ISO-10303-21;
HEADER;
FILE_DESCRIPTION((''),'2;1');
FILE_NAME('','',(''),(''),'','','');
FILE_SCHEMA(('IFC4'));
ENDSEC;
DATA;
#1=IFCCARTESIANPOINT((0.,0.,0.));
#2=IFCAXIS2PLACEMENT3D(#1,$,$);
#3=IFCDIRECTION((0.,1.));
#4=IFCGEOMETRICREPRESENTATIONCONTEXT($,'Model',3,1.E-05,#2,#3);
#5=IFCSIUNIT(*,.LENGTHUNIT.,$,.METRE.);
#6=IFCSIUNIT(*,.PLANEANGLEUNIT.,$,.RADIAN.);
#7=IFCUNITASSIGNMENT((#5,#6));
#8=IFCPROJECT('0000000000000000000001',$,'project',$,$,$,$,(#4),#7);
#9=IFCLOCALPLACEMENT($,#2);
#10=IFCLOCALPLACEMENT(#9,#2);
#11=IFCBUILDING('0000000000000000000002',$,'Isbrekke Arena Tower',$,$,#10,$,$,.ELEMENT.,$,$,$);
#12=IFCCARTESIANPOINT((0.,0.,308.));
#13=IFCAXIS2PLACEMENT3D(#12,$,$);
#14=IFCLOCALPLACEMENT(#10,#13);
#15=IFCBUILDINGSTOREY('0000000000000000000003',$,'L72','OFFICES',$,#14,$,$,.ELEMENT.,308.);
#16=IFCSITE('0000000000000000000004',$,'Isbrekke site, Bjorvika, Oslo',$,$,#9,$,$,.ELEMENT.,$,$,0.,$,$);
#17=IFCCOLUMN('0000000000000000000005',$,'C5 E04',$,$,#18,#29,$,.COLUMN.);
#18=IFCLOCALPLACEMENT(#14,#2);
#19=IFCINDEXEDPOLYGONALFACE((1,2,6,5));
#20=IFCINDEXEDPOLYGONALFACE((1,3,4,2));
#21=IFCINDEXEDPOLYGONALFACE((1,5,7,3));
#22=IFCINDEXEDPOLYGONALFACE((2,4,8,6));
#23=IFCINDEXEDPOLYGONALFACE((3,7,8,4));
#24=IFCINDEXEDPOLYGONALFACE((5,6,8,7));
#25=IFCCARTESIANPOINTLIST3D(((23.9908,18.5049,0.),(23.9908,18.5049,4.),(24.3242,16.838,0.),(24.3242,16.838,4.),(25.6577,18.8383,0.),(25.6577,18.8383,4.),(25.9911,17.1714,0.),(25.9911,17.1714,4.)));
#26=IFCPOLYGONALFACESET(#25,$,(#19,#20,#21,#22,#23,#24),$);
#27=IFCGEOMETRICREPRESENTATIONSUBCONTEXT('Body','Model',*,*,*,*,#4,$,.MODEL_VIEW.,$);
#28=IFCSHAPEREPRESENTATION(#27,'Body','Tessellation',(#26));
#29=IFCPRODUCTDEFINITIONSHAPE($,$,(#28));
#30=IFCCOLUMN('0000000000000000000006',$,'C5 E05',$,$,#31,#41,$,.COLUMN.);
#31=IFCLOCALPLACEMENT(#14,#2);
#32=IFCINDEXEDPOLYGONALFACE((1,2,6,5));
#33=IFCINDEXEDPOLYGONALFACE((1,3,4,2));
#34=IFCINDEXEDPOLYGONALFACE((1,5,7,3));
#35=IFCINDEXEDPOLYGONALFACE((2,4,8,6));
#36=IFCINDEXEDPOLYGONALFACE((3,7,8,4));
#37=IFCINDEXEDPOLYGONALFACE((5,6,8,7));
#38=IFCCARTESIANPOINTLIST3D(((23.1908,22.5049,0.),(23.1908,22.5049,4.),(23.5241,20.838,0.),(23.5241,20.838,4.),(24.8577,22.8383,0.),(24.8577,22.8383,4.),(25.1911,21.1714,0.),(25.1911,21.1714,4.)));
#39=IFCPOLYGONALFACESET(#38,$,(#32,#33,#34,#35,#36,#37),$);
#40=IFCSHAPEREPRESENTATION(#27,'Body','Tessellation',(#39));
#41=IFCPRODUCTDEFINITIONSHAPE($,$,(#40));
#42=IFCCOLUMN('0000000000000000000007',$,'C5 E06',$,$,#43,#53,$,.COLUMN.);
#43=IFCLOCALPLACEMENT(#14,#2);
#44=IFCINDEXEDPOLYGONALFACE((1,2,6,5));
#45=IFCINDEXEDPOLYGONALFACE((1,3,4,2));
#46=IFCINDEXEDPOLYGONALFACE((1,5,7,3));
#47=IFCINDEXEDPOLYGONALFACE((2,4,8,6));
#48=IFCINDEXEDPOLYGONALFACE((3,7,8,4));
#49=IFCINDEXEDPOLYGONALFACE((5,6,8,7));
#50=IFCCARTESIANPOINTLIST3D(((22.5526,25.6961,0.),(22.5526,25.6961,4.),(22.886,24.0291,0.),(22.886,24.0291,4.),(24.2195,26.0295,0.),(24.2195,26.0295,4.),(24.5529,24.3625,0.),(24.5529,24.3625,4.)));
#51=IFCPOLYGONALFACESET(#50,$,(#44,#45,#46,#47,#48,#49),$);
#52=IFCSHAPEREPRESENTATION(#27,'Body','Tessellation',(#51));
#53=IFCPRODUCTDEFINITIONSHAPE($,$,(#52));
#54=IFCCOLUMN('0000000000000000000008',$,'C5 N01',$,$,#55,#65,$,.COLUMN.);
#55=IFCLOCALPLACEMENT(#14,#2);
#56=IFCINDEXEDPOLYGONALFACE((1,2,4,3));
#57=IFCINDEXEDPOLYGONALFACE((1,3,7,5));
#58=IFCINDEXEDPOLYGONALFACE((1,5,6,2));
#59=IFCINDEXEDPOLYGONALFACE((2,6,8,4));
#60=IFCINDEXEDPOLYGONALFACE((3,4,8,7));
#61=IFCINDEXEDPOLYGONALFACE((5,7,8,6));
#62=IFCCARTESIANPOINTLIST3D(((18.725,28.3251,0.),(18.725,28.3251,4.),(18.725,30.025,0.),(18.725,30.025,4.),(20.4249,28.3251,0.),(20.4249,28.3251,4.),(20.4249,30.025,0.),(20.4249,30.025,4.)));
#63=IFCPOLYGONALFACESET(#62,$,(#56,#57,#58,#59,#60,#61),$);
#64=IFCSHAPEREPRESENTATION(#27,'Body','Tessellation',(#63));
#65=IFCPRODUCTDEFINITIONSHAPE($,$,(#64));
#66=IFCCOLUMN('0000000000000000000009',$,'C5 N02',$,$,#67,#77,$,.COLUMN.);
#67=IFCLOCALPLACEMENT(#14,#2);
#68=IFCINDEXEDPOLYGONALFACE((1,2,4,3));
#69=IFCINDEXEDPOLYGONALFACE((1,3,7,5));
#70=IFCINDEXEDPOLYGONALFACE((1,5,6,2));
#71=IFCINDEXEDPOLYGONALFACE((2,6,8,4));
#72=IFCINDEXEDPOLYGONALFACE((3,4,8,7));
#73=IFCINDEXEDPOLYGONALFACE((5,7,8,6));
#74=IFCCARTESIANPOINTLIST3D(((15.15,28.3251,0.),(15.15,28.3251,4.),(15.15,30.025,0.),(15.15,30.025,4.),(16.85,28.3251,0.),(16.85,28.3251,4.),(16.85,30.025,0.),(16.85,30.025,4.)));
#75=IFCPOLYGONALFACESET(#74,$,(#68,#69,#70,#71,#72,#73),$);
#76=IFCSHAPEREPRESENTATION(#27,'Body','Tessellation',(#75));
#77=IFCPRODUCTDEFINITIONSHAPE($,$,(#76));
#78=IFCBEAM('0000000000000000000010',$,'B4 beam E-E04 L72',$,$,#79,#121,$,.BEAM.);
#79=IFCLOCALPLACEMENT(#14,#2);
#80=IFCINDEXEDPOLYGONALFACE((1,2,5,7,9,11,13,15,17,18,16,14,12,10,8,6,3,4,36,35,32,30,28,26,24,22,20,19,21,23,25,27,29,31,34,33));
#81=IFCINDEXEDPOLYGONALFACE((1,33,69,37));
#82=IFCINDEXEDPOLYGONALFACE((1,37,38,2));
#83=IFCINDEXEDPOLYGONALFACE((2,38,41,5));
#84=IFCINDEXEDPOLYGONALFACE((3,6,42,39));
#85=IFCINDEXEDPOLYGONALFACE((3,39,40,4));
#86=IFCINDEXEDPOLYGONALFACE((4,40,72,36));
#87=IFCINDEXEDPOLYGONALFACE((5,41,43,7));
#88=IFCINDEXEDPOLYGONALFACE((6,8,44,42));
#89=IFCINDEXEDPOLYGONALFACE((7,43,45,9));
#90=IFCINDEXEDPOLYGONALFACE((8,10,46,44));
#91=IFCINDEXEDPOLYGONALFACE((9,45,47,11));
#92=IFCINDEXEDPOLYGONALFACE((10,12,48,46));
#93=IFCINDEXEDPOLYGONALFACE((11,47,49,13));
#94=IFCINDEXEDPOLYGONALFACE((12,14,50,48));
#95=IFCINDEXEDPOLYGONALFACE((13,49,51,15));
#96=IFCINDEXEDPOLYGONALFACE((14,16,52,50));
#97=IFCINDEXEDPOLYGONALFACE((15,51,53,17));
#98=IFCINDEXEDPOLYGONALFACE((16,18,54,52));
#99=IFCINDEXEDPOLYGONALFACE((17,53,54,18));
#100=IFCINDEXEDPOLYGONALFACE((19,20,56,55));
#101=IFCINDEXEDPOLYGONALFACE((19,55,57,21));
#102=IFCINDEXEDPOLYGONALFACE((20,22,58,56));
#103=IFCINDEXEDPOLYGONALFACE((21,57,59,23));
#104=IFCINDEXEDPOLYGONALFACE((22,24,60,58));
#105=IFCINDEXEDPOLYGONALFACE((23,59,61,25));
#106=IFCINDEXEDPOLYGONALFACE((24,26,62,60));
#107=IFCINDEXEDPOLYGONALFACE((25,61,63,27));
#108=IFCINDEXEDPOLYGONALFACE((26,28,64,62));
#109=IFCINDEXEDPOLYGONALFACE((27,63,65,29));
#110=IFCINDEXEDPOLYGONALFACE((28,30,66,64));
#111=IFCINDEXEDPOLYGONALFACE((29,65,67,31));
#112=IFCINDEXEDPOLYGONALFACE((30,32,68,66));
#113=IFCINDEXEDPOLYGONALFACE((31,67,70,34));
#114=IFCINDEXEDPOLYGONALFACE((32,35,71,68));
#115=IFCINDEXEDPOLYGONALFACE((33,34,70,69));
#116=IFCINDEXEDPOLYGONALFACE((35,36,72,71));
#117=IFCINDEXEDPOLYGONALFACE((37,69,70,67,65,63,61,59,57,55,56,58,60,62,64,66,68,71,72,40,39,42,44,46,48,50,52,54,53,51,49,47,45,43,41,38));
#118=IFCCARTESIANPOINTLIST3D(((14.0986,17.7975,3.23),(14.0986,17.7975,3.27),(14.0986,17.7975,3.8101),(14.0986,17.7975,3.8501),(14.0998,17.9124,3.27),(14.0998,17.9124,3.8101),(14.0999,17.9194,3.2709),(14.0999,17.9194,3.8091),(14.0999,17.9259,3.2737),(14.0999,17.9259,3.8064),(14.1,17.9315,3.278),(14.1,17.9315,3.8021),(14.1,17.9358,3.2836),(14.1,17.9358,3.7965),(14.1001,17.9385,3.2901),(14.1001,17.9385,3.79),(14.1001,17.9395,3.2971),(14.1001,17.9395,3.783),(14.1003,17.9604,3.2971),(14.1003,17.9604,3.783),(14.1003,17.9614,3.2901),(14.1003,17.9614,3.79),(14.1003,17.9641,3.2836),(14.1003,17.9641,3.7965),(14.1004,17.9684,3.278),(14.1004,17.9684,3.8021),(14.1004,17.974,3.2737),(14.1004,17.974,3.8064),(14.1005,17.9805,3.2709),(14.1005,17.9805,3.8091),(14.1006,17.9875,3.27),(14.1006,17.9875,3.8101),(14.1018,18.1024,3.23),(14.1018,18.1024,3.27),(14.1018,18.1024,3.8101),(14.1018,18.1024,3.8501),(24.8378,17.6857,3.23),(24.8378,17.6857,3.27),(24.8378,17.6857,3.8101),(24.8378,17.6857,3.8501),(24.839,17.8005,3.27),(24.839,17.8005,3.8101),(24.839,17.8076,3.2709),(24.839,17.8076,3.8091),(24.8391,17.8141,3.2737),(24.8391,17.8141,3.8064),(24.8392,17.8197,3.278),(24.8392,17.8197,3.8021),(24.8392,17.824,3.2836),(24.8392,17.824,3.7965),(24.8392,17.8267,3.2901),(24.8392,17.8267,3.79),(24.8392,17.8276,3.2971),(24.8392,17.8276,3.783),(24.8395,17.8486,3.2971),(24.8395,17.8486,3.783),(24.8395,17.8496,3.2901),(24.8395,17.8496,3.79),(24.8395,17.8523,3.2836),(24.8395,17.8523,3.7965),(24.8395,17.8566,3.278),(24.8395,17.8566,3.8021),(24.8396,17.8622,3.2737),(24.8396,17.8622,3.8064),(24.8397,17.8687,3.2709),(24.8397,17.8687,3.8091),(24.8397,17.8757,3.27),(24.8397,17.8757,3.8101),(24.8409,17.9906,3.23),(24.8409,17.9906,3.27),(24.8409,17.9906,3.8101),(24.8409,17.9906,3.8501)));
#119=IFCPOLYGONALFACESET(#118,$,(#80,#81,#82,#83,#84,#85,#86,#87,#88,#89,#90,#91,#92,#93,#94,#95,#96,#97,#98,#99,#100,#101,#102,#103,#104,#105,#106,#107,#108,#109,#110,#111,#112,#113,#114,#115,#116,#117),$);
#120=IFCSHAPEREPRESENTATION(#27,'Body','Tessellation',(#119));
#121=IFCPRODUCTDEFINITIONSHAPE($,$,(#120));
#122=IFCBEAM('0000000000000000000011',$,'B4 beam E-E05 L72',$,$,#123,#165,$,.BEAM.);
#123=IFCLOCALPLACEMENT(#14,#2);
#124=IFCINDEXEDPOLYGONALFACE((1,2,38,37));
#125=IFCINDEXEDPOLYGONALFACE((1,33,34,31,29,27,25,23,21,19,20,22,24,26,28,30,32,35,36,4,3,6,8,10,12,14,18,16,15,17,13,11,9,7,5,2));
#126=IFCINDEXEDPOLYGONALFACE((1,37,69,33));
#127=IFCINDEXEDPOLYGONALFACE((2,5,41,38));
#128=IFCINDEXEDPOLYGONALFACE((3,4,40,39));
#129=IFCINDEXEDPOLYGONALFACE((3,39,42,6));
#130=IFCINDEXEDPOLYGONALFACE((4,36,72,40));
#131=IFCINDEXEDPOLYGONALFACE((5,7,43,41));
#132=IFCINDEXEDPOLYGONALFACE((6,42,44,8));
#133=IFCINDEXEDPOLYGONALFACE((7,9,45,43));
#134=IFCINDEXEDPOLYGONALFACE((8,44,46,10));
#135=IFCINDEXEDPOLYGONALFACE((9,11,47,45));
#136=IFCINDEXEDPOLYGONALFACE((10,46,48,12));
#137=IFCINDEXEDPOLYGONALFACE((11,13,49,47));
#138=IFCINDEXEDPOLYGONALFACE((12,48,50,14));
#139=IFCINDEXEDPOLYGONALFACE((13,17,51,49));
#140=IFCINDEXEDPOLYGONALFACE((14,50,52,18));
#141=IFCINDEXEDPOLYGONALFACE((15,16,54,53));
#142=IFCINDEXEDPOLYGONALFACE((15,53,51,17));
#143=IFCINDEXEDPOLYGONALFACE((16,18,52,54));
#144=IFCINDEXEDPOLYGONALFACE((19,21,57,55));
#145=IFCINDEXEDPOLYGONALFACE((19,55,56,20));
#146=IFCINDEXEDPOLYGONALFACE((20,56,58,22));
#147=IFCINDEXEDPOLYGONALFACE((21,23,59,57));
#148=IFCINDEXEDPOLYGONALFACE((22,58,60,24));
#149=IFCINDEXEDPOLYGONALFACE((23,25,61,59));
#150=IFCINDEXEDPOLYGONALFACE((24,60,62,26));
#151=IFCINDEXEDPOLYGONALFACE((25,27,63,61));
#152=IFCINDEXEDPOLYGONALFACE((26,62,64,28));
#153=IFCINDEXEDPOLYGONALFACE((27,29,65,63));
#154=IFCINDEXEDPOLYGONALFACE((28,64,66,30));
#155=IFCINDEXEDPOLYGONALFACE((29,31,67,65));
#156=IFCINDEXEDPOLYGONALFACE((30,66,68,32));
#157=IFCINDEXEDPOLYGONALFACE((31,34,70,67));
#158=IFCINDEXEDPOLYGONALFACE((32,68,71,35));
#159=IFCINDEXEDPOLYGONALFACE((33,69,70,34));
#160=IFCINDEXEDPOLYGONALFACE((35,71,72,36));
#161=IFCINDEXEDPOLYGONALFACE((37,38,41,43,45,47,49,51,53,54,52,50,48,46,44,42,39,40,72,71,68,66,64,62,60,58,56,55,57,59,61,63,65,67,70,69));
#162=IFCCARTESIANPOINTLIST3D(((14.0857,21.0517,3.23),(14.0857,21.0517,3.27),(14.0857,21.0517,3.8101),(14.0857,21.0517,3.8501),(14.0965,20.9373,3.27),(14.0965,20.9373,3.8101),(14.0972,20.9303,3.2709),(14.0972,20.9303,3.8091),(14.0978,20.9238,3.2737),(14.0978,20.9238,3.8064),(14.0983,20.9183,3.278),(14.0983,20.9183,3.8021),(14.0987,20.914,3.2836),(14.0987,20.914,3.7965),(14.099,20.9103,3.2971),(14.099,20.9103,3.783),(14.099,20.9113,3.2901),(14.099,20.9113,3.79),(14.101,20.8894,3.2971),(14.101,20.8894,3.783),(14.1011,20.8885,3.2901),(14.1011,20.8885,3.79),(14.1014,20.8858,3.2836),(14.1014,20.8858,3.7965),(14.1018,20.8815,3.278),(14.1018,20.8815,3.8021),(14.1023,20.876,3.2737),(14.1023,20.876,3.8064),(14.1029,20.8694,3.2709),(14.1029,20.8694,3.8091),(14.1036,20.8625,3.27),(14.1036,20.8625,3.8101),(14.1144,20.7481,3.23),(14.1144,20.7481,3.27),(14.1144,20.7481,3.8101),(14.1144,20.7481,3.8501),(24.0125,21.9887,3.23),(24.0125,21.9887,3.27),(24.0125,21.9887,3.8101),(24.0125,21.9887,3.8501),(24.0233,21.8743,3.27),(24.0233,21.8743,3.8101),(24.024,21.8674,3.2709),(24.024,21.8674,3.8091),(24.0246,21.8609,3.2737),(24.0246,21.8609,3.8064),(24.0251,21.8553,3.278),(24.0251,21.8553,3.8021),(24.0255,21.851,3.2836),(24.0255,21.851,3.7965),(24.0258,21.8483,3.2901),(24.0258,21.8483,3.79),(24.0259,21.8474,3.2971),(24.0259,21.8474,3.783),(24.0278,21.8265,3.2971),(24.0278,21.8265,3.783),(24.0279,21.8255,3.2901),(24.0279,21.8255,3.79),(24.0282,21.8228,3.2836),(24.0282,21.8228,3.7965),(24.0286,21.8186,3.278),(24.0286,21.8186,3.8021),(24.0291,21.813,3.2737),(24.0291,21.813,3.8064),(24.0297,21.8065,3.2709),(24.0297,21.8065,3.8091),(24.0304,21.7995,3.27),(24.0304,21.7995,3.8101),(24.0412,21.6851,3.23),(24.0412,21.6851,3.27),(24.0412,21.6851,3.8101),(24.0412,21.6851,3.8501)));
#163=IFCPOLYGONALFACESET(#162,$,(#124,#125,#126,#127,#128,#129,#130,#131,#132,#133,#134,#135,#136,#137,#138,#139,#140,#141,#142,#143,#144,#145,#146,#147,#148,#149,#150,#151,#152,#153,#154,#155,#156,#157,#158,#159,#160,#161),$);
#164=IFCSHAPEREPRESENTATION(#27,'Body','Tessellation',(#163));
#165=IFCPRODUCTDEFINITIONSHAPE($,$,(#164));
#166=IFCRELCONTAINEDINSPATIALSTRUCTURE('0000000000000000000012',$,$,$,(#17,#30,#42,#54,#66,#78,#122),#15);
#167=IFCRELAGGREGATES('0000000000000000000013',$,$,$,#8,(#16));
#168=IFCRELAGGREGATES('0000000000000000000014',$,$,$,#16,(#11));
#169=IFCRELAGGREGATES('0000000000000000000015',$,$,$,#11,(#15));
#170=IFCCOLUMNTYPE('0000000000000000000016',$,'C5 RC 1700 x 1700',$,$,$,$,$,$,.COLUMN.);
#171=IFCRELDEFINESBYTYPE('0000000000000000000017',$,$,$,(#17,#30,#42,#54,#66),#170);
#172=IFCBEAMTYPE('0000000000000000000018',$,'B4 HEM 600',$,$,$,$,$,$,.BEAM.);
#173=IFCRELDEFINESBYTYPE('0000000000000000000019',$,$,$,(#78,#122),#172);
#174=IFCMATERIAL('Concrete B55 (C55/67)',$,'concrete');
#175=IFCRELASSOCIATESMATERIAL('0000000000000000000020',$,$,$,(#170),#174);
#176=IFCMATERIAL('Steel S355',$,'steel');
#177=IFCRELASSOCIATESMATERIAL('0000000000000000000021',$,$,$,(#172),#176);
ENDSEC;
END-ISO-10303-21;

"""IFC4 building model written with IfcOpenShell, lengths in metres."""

from ifc_helpers import new_model, si_unit, direction, frame, origin, origin_2d, place, context, subcontext, project, spatial, rectangle, i_section, extrude, material, material_profile, profile_set, type_object, element, save


model = new_model("IFC4")

# Units and contexts
model_context = context("Model", 3, precision=1e-05, world=origin(), true_north=direction((0.0, 1.0)))
body_context = subcontext(model_context, "Body", "Model", "MODEL_VIEW")
ifc_project = project(units=[si_unit("LENGTHUNIT", "METRE"), si_unit("PLANEANGLEUNIT", "RADIAN")], contexts=[model_context])

# Site, building, storey
site_placement = place(None, origin())
site = spatial("IfcSite", under=ifc_project, at=site_placement, Name="Isbrekke site, Bjorvika, Oslo", CompositionType="ELEMENT", RefElevation=0.0)
building_placement = place(site_placement, origin())
building = spatial("IfcBuilding", under=site, at=building_placement, Name="Isbrekke Arena Tower", CompositionType="ELEMENT")
storey_placement = place(building_placement, frame((0.0, 0.0, 308.0)))
storey = spatial("IfcBuildingStorey", under=building, at=storey_placement, Name="L72", Description="OFFICES", CompositionType="ELEMENT", Elevation=308.0)

# Columns
ifc_material_1 = material(Name="Concrete B55 (C55/67)", Category="concrete")
ifc_material_profile_1 = material_profile(ifc_material_1, rectangle(XDim=1.7, YDim=1.7, at=origin_2d()), Name="RC 1700x1700")
ifc_profile_set_1 = profile_set([ifc_material_profile_1], Name="Concrete B55 (C55/67)")
column_type = type_object("IfcColumnType", Name="C5 RC 1700 x 1700", PredefinedType="COLUMN", material=ifc_profile_set_1)
for number, where, z_axis, x_axis, name in (
    (1, (24.991, 17.8381, 0.0), (0.0, 0.0, 1.0), (-0.196116, 0.980581, 0.0), "C5 E04"),
    (2, (24.1909, 21.8381, 0.0), (0.0, 0.0, 1.0), (-0.196116, 0.980581, 0.0), "C5 E05"),
    (3, (23.5527, 25.0293, 0.0), (0.0, 0.0, 1.0), (-0.196116, 0.980581, 0.0), "C5 E06"),
    (4, (19.575, 29.175, 0.0), (0.0, 0.0, 1.0), (-1.0, 0.0, 0.0), "C5 N01"),
    (5, (16.0, 29.175, 0.0), (0.0, 0.0, 1.0), (-1.0, 0.0, 0.0), "C5 N02"),
):
    element("IfcColumn", number, at=place(storey_placement, frame(where, z_axis=z_axis, x_axis=x_axis)), inside=storey, type_object=column_type, Name=name, PredefinedType="COLUMN", context=body_context, shape_type="SweptSolid", body=[
        extrude(rectangle(XDim=1.7, YDim=1.7, at=origin_2d()), origin(), (0.0, 0.0, 1.0), 4.0),
    ])

# Beams
ifc_material_2 = material(Name="Steel S355", Category="steel")
ifc_material_profile_2 = material_profile(ifc_material_2, i_section(OverallWidth=0.3049, OverallDepth=0.6201, WebThickness=0.021, FlangeThickness=0.04, FilletRadius=0.0271, at=origin_2d()), Name="HEM 600")
ifc_profile_set_2 = profile_set([ifc_material_profile_2], Name="Steel S355")
beam_type_1 = type_object("IfcBeamType", Name="B4 HEM 600", PredefinedType="BEAM", material=ifc_profile_set_2)
beam_1_placement = place(storey_placement, frame((24.8394, 17.8381, 3.54), z_axis=(-0.999946, 0.010411, 0.0), x_axis=(-0.010411, -0.999946, 0.0)))
element("IfcBeam", 6, at=beam_1_placement, inside=storey, type_object=beam_type_1, Name="B4 beam E-E04 L72", PredefinedType="BEAM", context=body_context, shape_type="SweptSolid", body=[
    extrude(i_section(OverallWidth=0.3049, OverallDepth=0.6201, WebThickness=0.021, FlangeThickness=0.04, FilletRadius=0.0271, at=origin_2d()), origin(), (0.0, 0.0, 1.0), 10.7397),
])
beam_2_placement = place(storey_placement, frame((24.0269, 21.8369, 3.54), z_axis=(-0.995575, -0.093975, 0.0), x_axis=(0.093975, -0.995575, 0.0)))
element("IfcBeam", 7, at=beam_2_placement, inside=storey, type_object=beam_type_1, Name="B4 beam E-E05 L72", PredefinedType="BEAM", context=body_context, shape_type="SweptSolid", body=[
    extrude(i_section(OverallWidth=0.3049, OverallDepth=0.6201, WebThickness=0.021, FlangeThickness=0.04, FilletRadius=0.0271, at=origin_2d()), origin(), (0.0, 0.0, 1.0), 9.9709),
])

save(model, "model.ifc")
